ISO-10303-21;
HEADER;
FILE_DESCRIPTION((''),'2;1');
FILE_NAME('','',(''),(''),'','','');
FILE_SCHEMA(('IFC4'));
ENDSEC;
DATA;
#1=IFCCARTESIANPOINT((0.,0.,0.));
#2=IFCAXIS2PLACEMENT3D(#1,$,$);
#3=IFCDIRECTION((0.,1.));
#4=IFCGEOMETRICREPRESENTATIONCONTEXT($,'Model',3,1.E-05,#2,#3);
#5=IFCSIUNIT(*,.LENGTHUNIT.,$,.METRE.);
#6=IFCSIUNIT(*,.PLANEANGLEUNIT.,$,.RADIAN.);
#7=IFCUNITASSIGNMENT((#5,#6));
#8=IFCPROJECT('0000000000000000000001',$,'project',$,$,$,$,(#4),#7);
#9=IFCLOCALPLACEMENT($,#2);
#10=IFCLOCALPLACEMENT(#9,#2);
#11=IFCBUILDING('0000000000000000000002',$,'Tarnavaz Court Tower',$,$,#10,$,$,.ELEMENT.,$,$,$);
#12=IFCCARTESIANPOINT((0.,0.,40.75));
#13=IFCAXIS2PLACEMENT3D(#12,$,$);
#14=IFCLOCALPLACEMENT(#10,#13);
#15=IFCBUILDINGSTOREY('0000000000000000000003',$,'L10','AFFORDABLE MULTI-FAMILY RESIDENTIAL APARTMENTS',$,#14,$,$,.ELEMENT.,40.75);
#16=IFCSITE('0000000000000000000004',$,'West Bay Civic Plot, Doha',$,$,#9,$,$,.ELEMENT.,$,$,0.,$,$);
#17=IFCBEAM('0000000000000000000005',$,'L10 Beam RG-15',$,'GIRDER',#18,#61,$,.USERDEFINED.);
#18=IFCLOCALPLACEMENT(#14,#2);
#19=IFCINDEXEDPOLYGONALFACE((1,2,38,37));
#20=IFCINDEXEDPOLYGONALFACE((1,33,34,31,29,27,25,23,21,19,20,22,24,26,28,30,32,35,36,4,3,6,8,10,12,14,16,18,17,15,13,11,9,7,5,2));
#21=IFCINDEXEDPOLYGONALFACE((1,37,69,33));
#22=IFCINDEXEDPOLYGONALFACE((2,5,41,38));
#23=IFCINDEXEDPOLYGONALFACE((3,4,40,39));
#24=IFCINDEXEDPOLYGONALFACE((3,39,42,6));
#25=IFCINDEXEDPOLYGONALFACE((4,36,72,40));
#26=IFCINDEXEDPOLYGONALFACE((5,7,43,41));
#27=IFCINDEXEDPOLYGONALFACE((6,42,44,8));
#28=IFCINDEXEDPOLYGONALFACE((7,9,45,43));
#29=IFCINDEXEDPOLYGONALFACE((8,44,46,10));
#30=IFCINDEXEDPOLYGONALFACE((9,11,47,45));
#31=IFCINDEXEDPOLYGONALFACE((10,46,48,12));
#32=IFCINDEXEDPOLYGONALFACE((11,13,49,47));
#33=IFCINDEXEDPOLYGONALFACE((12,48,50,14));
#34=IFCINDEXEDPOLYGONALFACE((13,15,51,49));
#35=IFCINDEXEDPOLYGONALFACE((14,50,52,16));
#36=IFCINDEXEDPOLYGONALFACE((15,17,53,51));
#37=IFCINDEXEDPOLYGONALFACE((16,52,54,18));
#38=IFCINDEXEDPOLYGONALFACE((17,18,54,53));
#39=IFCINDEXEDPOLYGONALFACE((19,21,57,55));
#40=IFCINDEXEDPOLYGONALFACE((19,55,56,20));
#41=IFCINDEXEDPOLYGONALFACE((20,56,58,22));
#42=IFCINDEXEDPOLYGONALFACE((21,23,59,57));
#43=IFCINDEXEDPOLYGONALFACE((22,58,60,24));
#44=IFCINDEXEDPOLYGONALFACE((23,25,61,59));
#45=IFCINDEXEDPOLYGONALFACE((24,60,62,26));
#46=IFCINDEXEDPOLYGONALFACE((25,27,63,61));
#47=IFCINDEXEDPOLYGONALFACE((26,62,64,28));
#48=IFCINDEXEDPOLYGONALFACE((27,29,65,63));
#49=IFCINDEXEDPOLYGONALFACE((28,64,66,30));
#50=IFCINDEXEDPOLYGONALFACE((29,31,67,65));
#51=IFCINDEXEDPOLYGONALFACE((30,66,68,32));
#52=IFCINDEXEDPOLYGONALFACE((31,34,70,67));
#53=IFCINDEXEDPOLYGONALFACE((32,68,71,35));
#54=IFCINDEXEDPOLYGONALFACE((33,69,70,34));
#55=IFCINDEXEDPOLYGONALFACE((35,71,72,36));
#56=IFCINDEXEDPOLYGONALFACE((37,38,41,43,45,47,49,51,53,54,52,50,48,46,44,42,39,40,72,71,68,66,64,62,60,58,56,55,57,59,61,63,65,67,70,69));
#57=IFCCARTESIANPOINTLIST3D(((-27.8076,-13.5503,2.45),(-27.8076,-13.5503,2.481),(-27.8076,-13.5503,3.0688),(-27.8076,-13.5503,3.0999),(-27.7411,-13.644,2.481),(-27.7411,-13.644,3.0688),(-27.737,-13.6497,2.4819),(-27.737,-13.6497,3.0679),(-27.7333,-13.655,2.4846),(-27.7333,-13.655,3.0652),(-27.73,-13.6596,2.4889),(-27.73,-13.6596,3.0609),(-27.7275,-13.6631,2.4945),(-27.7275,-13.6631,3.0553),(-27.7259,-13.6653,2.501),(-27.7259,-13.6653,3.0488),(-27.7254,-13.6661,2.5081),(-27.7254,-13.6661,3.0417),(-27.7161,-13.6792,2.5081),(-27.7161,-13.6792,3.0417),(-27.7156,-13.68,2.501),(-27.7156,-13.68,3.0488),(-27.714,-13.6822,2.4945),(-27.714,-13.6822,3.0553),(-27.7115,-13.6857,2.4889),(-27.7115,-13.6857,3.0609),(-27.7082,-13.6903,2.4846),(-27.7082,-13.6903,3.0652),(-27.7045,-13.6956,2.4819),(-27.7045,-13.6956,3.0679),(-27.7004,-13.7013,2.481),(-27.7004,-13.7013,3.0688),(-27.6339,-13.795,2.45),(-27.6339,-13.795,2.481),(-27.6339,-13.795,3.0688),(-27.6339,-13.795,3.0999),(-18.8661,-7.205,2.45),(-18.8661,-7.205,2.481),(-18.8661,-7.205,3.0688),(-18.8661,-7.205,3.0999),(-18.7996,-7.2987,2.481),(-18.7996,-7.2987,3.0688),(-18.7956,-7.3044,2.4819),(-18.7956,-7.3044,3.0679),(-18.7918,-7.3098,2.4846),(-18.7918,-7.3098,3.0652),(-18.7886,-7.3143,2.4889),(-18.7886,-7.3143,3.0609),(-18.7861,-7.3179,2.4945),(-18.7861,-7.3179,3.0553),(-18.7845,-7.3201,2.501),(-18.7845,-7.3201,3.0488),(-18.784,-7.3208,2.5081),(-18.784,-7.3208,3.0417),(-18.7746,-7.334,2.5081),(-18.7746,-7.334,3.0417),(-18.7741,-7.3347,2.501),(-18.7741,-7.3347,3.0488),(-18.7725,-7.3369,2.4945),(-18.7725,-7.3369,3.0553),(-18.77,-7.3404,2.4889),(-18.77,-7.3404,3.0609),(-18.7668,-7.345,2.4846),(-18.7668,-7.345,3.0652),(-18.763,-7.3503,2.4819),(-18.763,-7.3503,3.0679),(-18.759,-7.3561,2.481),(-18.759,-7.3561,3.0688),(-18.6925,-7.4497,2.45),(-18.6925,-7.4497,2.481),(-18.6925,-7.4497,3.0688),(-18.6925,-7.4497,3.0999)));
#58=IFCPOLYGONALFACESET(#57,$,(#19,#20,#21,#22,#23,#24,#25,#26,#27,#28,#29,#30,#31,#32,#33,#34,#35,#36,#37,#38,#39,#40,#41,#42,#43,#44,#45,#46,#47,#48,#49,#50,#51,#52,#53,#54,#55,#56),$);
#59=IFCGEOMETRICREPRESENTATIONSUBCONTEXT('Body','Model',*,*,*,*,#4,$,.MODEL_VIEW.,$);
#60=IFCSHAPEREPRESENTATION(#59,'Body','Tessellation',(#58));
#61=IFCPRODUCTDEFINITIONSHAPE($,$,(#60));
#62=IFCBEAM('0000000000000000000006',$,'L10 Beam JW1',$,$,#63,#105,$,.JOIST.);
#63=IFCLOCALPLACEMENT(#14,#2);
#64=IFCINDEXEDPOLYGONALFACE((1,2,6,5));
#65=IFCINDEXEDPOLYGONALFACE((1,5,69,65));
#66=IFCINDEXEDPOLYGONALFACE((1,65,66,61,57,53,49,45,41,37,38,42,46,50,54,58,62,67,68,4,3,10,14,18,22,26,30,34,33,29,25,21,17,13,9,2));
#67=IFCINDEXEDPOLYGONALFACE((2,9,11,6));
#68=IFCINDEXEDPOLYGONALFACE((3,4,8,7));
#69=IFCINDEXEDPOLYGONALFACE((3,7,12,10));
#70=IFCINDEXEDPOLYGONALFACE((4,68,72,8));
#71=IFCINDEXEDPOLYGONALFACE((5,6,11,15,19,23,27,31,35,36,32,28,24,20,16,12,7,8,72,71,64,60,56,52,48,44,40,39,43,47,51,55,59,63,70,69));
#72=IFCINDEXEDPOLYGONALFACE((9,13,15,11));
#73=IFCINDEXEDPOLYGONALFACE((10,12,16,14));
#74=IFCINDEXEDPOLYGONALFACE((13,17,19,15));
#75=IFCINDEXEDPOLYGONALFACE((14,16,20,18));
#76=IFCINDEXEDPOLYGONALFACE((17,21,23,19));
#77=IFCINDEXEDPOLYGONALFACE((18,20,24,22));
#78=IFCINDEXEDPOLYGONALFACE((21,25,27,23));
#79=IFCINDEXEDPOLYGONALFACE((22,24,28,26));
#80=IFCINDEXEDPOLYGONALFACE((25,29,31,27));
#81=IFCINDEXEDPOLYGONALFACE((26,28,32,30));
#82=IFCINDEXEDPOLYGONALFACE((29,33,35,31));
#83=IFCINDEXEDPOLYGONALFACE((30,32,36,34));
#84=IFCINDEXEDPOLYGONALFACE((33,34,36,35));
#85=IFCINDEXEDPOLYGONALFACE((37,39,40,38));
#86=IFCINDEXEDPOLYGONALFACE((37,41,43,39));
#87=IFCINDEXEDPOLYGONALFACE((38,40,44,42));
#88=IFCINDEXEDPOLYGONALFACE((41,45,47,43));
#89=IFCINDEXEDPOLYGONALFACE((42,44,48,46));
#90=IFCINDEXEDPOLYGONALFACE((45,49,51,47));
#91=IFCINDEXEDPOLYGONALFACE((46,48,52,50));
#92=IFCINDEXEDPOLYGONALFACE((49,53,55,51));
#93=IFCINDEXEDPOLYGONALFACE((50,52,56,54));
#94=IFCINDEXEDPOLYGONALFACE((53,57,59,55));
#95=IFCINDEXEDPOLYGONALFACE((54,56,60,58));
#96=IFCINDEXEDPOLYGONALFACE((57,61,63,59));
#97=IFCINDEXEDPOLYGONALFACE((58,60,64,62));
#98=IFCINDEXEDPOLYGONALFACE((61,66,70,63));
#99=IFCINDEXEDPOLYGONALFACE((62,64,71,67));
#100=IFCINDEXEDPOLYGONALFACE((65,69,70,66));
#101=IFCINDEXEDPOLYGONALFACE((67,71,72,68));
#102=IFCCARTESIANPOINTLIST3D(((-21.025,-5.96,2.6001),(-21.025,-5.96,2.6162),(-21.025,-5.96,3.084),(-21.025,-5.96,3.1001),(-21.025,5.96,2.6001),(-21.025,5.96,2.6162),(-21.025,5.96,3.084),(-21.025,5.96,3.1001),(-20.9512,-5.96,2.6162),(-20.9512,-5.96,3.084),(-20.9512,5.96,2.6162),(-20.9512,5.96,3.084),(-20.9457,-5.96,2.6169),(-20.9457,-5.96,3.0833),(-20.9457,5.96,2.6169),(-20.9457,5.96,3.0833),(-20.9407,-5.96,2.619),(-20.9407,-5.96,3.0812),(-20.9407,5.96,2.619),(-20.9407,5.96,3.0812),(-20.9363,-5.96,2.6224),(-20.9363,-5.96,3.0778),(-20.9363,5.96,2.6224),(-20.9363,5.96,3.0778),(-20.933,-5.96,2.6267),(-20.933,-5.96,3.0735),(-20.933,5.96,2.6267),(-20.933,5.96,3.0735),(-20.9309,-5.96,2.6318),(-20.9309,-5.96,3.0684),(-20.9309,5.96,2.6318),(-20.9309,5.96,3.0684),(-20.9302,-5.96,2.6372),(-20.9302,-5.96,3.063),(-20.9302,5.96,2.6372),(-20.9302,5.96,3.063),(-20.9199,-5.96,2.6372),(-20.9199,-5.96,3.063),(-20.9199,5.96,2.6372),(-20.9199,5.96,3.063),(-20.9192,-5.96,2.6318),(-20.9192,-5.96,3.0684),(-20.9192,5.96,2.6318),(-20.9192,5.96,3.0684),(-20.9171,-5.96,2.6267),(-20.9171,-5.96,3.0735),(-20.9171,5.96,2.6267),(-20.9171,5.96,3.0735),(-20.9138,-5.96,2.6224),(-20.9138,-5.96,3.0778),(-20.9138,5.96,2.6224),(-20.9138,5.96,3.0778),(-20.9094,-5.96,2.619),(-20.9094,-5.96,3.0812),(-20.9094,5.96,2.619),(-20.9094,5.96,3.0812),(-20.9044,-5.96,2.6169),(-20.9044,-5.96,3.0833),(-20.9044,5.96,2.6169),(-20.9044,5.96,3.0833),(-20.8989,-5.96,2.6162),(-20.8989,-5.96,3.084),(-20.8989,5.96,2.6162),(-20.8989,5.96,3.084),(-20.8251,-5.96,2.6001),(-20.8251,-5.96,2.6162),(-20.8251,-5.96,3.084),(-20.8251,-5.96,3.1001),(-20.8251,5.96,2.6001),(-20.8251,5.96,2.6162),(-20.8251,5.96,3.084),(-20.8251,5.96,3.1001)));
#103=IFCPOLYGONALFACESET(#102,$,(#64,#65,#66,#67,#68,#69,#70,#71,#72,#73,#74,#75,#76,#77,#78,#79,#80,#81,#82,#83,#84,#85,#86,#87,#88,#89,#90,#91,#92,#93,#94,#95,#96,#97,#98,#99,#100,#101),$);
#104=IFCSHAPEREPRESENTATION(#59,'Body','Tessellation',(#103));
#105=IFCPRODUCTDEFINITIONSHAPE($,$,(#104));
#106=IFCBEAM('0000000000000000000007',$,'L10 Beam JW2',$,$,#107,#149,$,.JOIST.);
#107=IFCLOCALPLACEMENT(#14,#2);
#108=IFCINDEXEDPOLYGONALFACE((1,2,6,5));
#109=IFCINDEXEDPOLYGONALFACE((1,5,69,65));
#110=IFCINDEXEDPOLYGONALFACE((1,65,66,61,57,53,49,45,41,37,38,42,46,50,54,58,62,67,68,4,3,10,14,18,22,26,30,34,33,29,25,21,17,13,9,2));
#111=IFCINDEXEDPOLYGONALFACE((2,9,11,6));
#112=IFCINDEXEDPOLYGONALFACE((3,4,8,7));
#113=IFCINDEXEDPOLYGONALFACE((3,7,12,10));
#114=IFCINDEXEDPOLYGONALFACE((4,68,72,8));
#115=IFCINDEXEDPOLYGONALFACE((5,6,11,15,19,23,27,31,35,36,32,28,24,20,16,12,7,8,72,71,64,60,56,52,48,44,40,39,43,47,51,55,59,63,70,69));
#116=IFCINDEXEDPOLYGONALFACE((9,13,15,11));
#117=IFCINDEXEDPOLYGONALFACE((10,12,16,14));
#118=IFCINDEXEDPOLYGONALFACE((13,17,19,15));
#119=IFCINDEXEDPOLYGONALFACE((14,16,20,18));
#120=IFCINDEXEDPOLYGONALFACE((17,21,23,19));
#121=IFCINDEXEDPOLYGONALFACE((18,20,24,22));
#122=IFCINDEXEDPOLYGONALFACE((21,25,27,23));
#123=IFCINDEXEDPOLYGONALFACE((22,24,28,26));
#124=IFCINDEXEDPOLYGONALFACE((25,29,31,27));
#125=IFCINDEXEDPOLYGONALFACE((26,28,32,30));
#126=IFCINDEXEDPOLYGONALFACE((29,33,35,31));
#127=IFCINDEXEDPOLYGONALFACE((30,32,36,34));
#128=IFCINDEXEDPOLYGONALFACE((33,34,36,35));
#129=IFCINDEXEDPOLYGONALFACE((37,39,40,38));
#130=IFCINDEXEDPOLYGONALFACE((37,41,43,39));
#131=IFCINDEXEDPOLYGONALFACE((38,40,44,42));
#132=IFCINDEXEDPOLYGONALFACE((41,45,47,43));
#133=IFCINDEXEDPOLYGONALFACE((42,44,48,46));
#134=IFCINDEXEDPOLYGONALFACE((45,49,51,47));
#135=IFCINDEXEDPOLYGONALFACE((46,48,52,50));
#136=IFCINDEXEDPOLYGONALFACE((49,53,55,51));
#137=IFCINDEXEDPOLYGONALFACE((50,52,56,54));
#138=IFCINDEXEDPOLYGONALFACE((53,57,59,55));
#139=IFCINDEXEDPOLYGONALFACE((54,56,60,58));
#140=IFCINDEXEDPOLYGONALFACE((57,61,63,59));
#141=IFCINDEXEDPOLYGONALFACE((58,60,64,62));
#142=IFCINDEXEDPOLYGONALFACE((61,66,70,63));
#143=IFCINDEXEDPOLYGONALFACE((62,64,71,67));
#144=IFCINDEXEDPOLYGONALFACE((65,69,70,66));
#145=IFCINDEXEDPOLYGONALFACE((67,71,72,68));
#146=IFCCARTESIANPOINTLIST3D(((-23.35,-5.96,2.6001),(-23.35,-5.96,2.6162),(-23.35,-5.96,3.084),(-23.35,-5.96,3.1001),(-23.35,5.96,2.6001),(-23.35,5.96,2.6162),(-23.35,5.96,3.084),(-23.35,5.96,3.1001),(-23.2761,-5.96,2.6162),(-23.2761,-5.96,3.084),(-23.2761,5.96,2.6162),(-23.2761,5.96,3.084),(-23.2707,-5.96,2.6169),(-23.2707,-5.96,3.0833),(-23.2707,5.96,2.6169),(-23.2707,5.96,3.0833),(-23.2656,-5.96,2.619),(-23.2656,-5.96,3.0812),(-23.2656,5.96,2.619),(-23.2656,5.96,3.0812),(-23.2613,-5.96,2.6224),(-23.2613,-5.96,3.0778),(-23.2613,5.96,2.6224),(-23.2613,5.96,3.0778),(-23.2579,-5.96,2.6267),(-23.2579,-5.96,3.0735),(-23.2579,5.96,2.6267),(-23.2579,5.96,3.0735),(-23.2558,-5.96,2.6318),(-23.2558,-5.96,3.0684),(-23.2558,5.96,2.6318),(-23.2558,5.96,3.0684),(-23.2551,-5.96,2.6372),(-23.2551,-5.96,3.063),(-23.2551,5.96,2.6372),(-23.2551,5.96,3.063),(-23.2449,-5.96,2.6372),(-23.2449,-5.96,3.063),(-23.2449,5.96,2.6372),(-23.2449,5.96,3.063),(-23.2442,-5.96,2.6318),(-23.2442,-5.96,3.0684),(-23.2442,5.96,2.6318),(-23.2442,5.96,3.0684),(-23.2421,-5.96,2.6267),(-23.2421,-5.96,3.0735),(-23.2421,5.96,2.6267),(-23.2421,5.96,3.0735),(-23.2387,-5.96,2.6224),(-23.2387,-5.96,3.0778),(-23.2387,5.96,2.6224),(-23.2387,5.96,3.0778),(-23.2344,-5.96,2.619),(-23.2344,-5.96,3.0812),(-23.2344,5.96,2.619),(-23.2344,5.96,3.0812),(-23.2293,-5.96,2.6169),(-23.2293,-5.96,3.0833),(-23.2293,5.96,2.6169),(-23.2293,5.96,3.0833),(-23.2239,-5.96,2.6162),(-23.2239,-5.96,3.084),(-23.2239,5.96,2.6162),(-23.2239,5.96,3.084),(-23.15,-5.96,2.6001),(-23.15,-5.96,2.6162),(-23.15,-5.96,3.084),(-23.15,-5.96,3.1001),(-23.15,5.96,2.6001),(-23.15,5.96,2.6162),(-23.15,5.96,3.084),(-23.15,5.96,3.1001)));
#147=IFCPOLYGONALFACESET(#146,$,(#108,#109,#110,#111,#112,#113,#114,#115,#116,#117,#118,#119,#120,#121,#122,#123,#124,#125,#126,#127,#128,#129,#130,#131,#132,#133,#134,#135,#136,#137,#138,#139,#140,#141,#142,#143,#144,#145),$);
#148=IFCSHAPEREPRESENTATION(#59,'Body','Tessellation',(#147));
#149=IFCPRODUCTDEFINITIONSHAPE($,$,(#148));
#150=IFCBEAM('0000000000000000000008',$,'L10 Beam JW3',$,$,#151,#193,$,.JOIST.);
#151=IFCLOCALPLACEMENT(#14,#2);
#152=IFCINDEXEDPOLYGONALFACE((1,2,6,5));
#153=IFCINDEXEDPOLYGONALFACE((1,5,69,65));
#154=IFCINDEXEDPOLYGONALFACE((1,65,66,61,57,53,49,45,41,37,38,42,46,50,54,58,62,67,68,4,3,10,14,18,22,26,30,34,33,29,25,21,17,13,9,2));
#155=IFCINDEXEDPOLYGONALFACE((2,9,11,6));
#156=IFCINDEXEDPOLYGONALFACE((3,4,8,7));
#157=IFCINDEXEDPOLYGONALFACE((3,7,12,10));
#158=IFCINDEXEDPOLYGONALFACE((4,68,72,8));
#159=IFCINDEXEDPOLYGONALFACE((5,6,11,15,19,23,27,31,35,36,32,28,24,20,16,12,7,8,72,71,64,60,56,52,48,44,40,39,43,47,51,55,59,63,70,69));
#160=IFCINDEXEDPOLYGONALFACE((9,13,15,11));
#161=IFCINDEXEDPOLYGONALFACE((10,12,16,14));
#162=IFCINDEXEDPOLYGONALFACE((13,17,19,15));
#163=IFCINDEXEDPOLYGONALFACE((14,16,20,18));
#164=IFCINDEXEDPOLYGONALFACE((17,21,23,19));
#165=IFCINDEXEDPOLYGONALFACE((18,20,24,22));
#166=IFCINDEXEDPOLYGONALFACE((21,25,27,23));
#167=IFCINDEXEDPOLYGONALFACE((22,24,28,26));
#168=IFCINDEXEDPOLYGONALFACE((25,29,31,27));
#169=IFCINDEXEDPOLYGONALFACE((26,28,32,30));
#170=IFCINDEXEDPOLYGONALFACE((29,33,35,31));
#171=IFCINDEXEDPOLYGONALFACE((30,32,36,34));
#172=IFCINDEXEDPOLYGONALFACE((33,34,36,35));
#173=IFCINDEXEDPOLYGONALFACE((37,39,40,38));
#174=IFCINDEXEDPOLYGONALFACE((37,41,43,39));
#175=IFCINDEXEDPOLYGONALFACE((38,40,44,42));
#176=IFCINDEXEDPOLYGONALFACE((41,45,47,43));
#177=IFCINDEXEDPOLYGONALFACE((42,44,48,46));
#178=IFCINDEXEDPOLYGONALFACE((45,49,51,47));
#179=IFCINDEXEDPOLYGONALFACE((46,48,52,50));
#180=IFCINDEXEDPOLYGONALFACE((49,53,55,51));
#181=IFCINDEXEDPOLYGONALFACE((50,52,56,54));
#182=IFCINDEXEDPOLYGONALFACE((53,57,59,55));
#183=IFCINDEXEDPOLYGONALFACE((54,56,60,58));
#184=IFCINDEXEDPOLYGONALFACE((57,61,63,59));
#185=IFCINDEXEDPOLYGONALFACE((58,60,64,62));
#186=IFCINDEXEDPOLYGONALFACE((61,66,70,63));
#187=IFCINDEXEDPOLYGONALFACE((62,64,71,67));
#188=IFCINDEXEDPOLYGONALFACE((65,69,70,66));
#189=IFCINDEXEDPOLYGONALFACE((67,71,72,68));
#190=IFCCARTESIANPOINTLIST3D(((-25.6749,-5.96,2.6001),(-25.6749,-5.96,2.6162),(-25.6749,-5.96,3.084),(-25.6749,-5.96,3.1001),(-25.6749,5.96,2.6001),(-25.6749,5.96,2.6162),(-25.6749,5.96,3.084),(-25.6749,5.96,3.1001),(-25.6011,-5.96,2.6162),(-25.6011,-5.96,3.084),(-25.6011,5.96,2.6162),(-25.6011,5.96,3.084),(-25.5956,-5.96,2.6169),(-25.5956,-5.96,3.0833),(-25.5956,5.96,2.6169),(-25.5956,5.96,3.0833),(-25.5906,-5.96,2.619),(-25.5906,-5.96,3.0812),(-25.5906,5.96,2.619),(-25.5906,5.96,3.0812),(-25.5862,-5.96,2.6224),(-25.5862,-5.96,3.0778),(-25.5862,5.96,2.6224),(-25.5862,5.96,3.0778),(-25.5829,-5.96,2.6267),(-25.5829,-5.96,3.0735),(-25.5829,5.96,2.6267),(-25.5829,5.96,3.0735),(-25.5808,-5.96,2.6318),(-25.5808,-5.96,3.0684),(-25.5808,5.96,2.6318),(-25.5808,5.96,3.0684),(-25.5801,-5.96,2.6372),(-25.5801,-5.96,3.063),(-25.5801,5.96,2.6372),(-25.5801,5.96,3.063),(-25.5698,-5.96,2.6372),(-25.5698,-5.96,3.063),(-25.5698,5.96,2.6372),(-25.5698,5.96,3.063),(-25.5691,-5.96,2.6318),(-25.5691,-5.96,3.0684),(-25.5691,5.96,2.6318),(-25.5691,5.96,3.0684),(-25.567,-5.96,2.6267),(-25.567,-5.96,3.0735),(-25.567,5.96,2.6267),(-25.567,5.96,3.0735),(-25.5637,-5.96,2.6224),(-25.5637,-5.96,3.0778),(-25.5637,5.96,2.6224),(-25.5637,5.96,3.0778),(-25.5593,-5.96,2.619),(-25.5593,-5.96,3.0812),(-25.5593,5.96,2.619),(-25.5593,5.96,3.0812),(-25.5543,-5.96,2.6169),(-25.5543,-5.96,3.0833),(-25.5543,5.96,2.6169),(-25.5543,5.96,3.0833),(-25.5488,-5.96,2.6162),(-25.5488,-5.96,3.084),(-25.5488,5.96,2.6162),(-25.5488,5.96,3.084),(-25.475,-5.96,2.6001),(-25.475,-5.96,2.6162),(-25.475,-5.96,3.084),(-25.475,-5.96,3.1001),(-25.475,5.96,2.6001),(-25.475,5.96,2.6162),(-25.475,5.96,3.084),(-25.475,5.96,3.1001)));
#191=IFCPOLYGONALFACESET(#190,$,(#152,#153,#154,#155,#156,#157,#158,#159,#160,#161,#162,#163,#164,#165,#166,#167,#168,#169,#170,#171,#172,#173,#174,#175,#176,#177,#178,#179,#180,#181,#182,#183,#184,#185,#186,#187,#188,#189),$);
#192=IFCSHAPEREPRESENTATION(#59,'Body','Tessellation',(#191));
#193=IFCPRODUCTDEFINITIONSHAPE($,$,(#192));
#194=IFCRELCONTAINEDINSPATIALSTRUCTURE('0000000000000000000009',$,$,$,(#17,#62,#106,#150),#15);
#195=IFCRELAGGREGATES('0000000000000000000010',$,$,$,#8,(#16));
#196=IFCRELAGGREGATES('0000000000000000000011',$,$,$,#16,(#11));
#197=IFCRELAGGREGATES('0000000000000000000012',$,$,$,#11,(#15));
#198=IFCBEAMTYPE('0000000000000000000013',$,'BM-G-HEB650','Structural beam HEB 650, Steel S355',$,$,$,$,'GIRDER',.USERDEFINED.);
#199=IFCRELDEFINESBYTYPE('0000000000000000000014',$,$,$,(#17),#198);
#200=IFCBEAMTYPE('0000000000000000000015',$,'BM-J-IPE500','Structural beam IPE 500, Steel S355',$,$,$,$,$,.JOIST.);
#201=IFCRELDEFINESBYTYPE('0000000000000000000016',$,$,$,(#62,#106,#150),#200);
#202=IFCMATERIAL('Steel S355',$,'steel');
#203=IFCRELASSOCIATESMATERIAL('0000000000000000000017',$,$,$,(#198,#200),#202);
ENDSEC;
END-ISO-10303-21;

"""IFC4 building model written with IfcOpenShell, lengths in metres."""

from ifc_helpers import new_model, si_unit, direction, frame, origin, origin_2d, place, context, subcontext, project, spatial, i_section, extrude, material, material_profile, profile_set, type_object, element, save


model = new_model("IFC4")

# Units and contexts
model_context = context("Model", 3, precision=1e-05, world=origin(), true_north=direction((0.0, 1.0)))
body_context = subcontext(model_context, "Body", "Model", "MODEL_VIEW")
ifc_project = project(units=[si_unit("LENGTHUNIT", "METRE"), si_unit("PLANEANGLEUNIT", "RADIAN")], contexts=[model_context])

# Site, building, storey
site_placement = place(None, origin())
site = spatial("IfcSite", under=ifc_project, at=site_placement, Name="West Bay Civic Plot, Doha", CompositionType="ELEMENT", RefElevation=0.0)
building_placement = place(site_placement, origin())
building = spatial("IfcBuilding", under=site, at=building_placement, Name="Tarnavaz Court Tower", CompositionType="ELEMENT")
storey_placement = place(building_placement, frame((0.0, 0.0, 40.75)))
storey = spatial("IfcBuildingStorey", under=building, at=storey_placement, Name="L10", Description="AFFORDABLE MULTI-FAMILY RESIDENTIAL APARTMENTS", CompositionType="ELEMENT", Elevation=40.75)

# Beams
ifc_material_1 = material(Name="Steel S355", Category="steel")
ifc_material_profile_1 = material_profile(ifc_material_1, i_section(OverallWidth=0.3, OverallDepth=0.6499, WebThickness=0.0161, FlangeThickness=0.031, FilletRadius=0.0271, at=origin_2d()), Name="HEB 650")
ifc_profile_set_1 = profile_set([ifc_material_profile_1], Name="Steel S355")
beam_type_1 = type_object("IfcBeamType", Name="BM-G-HEB650", Description="Structural beam HEB 650, Steel S355", ElementType="GIRDER", PredefinedType="USERDEFINED", material=ifc_profile_set_1)
beam_1_placement = place(storey_placement, frame((-18.7793, -7.3274, 2.7749), z_axis=(-0.81552, -0.578729, 0.0), x_axis=(0.578729, -0.81552, 0.0)))
element("IfcBeam", 1, at=beam_1_placement, inside=storey, type_object=beam_type_1, Name="L10 Beam RG-15", ObjectType="GIRDER", PredefinedType="USERDEFINED", context=body_context, shape_type="SweptSolid", body=[
    extrude(i_section(OverallWidth=0.3, OverallDepth=0.6499, WebThickness=0.0161, FlangeThickness=0.031, FilletRadius=0.0271, at=origin_2d()), origin(), (0.0, 0.0, 1.0), 10.9641),
])
ifc_material_profile_2 = material_profile(ifc_material_1, i_section(OverallWidth=0.2, OverallDepth=0.5, WebThickness=0.0103, FlangeThickness=0.0161, FilletRadius=0.021, at=origin_2d()), Name="IPE 500")
ifc_profile_set_2 = profile_set([ifc_material_profile_2], Name="Steel S355")
beam_type_2 = type_object("IfcBeamType", Name="BM-J-IPE500", Description="Structural beam IPE 500, Steel S355", PredefinedType="JOIST", material=ifc_profile_set_2)
for number, where, z_axis, x_axis, name in (
    (2, (-20.925, -5.96, 2.8501), (0.0, 1.0, 0.0), (-1.0, 0.0, 0.0), "L10 Beam JW1"),
    (3, (-23.25, -5.96, 2.8501), (0.0, 1.0, 0.0), (-1.0, 0.0, 0.0), "L10 Beam JW2"),
    (4, (-25.575, -5.96, 2.8501), (0.0, 1.0, 0.0), (-1.0, 0.0, 0.0), "L10 Beam JW3"),
):
    element("IfcBeam", number, at=place(storey_placement, frame(where, z_axis=z_axis, x_axis=x_axis)), inside=storey, type_object=beam_type_2, Name=name, PredefinedType="JOIST", context=body_context, shape_type="SweptSolid", body=[
        extrude(i_section(OverallWidth=0.2, OverallDepth=0.5, WebThickness=0.0103, FlangeThickness=0.0161, FilletRadius=0.021, at=origin_2d()), origin(), (0.0, 0.0, 1.0), 11.9199),
    ])

save(model, "model.ifc")
